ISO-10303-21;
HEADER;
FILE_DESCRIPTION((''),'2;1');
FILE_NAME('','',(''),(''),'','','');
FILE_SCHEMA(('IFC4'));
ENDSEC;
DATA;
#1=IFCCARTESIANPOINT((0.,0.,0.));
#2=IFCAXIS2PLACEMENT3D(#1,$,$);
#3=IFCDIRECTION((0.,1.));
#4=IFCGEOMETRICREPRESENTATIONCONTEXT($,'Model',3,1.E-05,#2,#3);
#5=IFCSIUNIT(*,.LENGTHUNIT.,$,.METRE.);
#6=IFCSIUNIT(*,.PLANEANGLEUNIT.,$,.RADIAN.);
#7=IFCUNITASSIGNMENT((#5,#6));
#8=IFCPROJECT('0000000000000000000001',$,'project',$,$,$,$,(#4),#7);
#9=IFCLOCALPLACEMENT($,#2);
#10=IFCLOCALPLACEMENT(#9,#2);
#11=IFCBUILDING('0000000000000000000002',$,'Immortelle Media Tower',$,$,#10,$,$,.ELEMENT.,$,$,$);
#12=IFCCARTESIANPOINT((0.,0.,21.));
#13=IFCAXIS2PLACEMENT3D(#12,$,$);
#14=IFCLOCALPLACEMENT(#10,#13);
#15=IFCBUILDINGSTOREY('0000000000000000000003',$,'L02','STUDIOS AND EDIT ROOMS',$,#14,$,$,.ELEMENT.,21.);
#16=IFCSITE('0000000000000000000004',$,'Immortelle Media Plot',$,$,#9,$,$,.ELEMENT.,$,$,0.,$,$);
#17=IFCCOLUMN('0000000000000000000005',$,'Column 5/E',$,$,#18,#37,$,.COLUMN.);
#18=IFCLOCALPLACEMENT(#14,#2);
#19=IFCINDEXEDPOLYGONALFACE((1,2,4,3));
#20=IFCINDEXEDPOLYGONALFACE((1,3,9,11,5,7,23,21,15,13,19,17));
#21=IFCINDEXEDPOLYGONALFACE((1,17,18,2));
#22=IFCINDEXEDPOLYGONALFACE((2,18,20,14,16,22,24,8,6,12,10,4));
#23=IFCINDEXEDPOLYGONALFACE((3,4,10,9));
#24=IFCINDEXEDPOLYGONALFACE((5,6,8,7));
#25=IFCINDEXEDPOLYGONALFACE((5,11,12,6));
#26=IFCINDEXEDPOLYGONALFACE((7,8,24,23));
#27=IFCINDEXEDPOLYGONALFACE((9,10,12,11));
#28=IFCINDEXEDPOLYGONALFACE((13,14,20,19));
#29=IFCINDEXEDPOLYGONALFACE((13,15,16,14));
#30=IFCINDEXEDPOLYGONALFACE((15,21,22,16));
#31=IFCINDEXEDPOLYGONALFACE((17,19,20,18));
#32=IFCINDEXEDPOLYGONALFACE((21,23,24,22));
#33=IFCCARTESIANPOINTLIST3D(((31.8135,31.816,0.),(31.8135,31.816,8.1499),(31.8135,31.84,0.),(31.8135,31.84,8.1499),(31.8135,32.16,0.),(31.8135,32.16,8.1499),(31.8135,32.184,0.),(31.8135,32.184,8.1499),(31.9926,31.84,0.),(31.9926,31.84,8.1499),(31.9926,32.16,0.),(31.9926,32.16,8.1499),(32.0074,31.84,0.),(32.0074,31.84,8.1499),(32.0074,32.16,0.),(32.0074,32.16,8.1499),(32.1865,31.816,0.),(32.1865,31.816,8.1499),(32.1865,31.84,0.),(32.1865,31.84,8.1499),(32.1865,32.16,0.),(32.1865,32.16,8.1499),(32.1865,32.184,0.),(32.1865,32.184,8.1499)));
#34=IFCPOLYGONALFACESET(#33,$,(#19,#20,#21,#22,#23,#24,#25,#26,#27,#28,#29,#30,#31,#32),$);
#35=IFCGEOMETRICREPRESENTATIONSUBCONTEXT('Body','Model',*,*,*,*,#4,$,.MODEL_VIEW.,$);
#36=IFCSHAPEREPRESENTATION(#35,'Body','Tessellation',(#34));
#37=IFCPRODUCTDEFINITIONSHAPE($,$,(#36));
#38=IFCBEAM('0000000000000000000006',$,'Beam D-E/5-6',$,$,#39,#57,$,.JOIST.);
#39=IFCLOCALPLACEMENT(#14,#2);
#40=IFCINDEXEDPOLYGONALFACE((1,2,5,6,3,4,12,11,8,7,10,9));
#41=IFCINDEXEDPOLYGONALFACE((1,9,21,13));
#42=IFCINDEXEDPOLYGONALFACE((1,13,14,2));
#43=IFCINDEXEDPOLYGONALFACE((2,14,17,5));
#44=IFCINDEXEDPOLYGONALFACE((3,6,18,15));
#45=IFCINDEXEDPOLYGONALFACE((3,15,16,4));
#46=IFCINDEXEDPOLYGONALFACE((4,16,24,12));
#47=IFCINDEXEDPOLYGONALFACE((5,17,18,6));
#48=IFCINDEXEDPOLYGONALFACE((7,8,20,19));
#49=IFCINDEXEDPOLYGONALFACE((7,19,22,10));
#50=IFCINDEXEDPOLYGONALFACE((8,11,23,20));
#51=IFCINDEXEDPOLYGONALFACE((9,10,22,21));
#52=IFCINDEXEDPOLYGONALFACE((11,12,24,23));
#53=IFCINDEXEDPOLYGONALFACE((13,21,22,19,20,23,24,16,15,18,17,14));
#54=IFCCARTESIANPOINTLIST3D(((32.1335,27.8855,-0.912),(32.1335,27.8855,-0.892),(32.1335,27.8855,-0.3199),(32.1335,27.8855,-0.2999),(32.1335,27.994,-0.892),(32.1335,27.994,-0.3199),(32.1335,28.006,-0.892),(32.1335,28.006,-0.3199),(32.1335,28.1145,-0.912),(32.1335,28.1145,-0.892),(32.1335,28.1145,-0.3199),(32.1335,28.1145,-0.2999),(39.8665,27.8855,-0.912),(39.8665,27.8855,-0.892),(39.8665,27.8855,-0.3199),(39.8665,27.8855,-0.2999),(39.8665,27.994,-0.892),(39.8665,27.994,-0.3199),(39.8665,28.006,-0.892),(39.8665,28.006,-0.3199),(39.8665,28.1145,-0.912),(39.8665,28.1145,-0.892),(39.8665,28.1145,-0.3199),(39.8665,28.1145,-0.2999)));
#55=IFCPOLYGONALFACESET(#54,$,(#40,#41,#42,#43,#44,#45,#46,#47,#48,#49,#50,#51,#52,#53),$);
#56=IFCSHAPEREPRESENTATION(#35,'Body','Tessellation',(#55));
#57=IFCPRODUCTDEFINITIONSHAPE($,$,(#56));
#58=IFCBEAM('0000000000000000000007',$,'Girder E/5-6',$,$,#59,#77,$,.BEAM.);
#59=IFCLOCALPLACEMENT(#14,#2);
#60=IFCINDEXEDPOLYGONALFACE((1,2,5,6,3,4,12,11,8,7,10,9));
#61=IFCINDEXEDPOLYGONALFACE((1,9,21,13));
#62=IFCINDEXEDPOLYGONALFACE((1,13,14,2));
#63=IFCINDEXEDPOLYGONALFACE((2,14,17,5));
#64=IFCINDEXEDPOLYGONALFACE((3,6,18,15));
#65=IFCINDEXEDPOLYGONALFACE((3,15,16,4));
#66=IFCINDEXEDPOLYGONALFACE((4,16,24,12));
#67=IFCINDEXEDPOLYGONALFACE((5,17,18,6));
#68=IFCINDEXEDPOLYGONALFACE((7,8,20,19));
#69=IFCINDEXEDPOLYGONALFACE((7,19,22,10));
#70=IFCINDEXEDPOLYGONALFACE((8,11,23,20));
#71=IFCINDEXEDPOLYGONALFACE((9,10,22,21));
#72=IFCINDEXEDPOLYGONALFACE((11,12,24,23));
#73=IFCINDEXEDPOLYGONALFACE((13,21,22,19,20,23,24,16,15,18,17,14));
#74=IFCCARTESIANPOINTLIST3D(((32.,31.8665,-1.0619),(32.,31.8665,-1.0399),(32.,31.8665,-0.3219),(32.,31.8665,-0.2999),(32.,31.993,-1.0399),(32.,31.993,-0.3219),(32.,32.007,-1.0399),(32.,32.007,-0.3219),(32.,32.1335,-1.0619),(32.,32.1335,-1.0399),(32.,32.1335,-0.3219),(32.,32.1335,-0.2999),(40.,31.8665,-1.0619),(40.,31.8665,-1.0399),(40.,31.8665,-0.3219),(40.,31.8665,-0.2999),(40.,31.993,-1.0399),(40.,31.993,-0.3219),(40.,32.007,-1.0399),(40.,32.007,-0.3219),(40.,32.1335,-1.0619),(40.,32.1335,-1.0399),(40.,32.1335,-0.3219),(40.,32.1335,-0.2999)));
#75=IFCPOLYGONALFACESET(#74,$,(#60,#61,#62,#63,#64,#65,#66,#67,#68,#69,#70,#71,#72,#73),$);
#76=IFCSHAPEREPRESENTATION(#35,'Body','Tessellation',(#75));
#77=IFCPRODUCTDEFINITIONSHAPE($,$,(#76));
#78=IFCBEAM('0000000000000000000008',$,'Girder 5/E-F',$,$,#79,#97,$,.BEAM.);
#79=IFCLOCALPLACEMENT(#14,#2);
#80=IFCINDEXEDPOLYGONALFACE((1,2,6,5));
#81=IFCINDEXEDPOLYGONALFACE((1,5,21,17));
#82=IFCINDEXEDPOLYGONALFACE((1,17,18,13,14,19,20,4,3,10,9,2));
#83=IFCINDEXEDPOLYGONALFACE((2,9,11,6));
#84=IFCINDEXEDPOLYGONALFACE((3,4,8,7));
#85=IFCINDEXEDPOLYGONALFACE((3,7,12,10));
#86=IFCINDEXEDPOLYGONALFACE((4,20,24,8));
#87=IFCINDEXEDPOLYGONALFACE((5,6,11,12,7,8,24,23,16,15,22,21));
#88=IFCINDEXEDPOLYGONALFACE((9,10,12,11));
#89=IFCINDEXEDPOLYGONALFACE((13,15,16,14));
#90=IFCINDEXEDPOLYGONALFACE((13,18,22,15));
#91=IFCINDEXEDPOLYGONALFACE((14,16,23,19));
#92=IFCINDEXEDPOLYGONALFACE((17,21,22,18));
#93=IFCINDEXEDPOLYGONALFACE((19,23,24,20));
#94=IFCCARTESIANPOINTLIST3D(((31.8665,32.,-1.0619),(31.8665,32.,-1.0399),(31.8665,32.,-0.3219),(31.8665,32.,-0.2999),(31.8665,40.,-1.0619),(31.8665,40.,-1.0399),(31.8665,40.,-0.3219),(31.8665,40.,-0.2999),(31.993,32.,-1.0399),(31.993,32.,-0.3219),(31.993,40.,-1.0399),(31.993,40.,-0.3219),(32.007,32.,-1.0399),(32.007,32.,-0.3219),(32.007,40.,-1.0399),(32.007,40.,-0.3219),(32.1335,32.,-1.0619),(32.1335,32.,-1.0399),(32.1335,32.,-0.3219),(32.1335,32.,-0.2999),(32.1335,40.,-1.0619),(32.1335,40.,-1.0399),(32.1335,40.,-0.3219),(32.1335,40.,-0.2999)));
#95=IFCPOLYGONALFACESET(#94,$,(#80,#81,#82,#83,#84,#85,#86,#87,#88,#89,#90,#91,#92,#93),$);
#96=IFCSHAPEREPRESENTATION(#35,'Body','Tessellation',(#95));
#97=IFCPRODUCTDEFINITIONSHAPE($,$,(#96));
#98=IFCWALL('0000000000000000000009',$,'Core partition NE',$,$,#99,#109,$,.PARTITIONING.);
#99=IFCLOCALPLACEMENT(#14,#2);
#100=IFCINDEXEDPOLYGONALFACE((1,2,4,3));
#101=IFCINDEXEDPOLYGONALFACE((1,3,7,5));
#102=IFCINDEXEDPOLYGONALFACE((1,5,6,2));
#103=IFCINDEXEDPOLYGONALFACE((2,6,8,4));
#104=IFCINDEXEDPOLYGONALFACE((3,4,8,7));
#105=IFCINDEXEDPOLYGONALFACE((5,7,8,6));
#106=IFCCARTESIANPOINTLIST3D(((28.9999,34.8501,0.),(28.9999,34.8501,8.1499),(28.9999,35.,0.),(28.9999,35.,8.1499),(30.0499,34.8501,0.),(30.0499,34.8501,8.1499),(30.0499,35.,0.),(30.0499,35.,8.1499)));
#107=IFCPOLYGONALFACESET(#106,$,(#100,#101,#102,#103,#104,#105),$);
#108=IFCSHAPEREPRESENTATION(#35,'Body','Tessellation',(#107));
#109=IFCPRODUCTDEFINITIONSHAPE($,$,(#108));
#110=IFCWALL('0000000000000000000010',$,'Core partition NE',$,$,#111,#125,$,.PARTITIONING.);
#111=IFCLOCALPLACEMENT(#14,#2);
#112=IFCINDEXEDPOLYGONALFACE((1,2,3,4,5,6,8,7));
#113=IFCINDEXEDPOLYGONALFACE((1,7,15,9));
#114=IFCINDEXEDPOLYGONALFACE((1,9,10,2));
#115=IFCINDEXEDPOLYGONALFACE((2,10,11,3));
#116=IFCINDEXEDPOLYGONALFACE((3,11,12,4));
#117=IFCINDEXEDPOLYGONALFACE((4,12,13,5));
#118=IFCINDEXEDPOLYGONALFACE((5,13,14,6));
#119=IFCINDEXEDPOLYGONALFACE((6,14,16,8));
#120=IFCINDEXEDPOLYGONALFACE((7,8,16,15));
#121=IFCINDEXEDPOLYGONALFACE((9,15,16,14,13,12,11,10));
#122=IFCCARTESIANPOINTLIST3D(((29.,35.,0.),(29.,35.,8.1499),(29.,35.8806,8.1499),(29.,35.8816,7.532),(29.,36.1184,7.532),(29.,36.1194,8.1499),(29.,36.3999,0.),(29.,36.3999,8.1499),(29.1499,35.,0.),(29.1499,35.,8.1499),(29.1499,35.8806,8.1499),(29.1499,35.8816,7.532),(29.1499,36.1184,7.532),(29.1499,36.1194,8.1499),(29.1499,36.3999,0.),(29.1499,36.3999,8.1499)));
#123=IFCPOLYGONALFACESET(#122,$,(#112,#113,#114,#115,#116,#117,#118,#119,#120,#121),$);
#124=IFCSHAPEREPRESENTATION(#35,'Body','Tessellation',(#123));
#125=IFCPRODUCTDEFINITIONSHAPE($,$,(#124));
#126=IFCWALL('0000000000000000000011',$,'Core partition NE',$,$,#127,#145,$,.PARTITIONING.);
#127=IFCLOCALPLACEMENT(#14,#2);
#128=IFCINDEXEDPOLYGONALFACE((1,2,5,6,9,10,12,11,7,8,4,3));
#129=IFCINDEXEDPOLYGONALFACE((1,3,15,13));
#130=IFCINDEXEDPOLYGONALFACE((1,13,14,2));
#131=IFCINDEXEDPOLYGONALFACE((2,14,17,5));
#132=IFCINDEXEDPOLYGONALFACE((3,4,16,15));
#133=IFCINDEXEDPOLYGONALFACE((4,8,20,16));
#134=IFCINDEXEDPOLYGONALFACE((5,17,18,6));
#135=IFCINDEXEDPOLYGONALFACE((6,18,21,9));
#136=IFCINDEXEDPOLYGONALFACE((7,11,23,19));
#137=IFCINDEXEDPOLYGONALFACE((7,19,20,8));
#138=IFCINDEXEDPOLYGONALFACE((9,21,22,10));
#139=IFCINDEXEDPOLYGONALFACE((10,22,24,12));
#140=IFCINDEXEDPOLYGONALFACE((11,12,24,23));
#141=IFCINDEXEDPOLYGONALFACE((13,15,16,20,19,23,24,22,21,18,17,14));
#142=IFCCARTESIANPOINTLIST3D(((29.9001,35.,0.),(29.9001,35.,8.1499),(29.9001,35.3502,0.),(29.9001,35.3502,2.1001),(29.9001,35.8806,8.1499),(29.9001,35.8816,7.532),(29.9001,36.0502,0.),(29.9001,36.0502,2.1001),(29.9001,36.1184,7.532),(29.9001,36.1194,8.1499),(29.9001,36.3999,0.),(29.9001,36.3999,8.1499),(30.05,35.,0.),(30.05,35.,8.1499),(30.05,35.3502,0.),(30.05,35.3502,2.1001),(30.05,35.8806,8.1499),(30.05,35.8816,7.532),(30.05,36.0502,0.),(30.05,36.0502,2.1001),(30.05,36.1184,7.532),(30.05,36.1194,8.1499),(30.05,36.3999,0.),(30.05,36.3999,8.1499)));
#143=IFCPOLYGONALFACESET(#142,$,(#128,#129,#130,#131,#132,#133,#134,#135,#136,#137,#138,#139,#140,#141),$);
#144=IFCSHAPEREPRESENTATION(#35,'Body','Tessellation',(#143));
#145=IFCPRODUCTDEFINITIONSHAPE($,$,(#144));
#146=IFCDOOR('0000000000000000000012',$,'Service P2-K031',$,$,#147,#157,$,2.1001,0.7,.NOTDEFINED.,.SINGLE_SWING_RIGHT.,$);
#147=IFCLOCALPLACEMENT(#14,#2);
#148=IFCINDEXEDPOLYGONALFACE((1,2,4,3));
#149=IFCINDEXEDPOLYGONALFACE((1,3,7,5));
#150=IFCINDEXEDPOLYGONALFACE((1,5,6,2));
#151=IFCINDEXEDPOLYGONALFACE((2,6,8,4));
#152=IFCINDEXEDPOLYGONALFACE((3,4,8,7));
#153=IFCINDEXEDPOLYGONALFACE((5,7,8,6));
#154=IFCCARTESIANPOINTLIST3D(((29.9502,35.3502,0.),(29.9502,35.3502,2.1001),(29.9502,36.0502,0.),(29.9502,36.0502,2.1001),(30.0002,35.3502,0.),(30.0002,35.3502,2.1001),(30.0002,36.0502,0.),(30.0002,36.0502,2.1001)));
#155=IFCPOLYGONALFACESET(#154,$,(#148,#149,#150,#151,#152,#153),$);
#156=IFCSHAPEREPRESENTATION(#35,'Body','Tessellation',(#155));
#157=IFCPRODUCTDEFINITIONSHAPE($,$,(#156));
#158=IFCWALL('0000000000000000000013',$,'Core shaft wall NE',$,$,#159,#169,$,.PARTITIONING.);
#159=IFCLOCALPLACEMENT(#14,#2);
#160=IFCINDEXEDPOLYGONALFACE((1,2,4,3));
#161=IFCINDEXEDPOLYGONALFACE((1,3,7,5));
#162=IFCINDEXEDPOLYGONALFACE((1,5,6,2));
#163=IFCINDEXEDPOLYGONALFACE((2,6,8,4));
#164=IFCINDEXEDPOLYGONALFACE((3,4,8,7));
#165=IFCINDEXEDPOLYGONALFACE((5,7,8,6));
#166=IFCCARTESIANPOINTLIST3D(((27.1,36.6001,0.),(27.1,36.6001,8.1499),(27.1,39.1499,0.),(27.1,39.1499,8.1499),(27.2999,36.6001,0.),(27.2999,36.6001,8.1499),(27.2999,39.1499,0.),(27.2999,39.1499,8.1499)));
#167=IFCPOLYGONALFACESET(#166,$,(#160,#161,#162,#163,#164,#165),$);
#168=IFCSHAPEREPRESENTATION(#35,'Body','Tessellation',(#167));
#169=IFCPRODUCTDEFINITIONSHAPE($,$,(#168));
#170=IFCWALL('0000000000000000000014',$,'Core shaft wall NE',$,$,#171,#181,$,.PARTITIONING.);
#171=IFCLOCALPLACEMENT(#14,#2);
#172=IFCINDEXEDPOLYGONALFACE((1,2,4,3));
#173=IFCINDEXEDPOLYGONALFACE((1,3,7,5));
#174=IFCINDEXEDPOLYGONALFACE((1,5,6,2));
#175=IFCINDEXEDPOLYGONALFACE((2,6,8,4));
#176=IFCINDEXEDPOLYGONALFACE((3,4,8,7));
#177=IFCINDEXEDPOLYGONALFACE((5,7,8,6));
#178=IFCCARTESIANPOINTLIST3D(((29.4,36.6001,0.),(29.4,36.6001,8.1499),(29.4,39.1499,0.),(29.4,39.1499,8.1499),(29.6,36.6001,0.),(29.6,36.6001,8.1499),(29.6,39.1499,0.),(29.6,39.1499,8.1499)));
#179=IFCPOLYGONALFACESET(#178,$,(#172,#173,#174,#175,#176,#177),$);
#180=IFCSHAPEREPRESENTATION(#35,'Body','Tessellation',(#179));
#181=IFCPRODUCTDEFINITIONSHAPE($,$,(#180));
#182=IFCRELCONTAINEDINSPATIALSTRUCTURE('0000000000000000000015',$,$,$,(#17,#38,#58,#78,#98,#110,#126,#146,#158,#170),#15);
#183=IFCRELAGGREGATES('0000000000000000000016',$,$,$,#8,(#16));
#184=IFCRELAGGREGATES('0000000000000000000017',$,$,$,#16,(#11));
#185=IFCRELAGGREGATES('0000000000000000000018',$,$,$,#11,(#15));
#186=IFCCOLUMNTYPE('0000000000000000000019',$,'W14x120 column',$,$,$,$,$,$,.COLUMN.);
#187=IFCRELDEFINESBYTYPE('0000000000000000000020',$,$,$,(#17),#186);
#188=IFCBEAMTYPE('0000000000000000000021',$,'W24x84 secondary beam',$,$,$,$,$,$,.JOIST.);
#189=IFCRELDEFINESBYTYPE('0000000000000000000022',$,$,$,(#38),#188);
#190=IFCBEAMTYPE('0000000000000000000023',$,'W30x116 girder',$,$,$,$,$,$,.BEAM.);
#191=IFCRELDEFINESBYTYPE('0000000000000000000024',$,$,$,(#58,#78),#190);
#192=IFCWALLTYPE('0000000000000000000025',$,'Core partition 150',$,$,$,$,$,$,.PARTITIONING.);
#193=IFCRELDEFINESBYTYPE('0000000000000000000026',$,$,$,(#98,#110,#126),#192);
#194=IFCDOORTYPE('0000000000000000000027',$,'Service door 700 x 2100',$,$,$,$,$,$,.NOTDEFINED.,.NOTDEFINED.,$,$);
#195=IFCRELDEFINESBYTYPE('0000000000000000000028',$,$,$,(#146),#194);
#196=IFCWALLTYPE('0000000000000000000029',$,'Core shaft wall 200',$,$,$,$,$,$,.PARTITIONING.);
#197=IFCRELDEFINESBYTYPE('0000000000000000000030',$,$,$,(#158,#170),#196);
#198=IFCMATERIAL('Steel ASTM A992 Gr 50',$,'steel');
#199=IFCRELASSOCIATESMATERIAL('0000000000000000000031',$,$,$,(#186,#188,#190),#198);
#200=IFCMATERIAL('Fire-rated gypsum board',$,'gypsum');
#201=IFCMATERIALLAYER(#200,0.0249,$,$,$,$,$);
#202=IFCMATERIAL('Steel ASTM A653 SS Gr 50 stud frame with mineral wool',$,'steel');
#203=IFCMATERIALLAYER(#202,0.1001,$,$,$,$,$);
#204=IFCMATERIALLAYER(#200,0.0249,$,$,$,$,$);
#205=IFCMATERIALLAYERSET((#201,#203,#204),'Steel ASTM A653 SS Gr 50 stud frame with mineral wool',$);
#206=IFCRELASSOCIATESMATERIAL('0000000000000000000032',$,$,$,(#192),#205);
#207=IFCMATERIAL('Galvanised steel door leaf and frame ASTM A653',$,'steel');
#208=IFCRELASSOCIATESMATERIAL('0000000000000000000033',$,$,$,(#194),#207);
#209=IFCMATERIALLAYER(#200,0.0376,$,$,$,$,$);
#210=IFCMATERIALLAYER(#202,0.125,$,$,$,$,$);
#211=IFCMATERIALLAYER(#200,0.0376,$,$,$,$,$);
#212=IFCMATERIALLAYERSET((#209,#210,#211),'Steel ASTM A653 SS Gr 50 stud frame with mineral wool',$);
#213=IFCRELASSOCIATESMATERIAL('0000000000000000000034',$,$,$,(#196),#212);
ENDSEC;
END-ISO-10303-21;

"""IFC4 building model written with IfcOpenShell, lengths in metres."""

from ifc_helpers import new_model, si_unit, direction, frame, frame_2d, origin, origin_2d, place, context, subcontext, project, spatial, polyline, rectangle, i_section, outline, extrude, material, layer, layer_set, material_profile, profile_set, type_object, element, fill, save


model = new_model("IFC4")

# Units and contexts
model_context = context("Model", 3, precision=1e-05, world=origin(), true_north=direction((0.0, 1.0)))
body_context = subcontext(model_context, "Body", "Model", "MODEL_VIEW")
ifc_project = project(units=[si_unit("LENGTHUNIT", "METRE"), si_unit("PLANEANGLEUNIT", "RADIAN")], contexts=[model_context])

# Site, building, storey
site_placement = place(None, origin())
site = spatial("IfcSite", under=ifc_project, at=site_placement, Name="Immortelle Media Plot", CompositionType="ELEMENT", RefElevation=0.0)
building_placement = place(site_placement, origin())
building = spatial("IfcBuilding", under=site, at=building_placement, Name="Immortelle Media Tower", CompositionType="ELEMENT")
storey_placement = place(building_placement, frame((0.0, 0.0, 21.0)))
storey = spatial("IfcBuildingStorey", under=building, at=storey_placement, Name="L02", Description="STUDIOS AND EDIT ROOMS", CompositionType="ELEMENT", Elevation=21.0)

# Column
ifc_material_1 = material(Name="Steel ASTM A992 Gr 50", Category="steel")
ifc_material_profile_1 = material_profile(ifc_material_1, i_section(OverallWidth=0.373, OverallDepth=0.3679, WebThickness=0.0149, FlangeThickness=0.0239, at=origin_2d()), Name="W14x120")
ifc_profile_set_1 = profile_set([ifc_material_profile_1], Name="Steel ASTM A992 Gr 50")
column_type = type_object("IfcColumnType", Name="W14x120 column", PredefinedType="COLUMN", material=ifc_profile_set_1)
column_placement = place(storey_placement, frame((32.0, 32.0, 0.0), z_axis=(0.0, 0.0, 1.0), x_axis=(1.0, 0.0, 0.0)))
element("IfcColumn", 1, at=column_placement, inside=storey, type_object=column_type, Name="Column 5/E", PredefinedType="COLUMN", context=body_context, shape_type="SweptSolid", body=[
    extrude(i_section(OverallWidth=0.373, OverallDepth=0.3679, WebThickness=0.0149, FlangeThickness=0.0239, at=origin_2d()), origin(), (0.0, 0.0, 1.0), 8.1499),
])

# Beams
ifc_material_profile_2 = material_profile(ifc_material_1, i_section(OverallWidth=0.229, OverallDepth=0.6121, WebThickness=0.012, FlangeThickness=0.02, at=origin_2d()), Name="W24x84")
ifc_profile_set_2 = profile_set([ifc_material_profile_2], Name="Steel ASTM A992 Gr 50")
beam_type_1 = type_object("IfcBeamType", Name="W24x84 secondary beam", PredefinedType="JOIST", material=ifc_profile_set_2)
beam_placement = place(storey_placement, frame((32.1335, 28.0, -0.606), z_axis=(1.0, 0.0, 0.0), x_axis=(0.0, 1.0, 0.0)))
element("IfcBeam", 2, at=beam_placement, inside=storey, type_object=beam_type_1, Name="Beam D-E/5-6", PredefinedType="JOIST", context=body_context, shape_type="SweptSolid", body=[
    extrude(i_section(OverallWidth=0.229, OverallDepth=0.6121, WebThickness=0.012, FlangeThickness=0.02, at=origin_2d()), origin(), (0.0, 0.0, 1.0), 7.7329),
])
ifc_material_profile_3 = material_profile(ifc_material_1, i_section(OverallWidth=0.2671, OverallDepth=0.762, WebThickness=0.0139, FlangeThickness=0.022, at=origin_2d()), Name="W30x116")
ifc_profile_set_3 = profile_set([ifc_material_profile_3], Name="Steel ASTM A992 Gr 50")
beam_type_2 = type_object("IfcBeamType", Name="W30x116 girder", PredefinedType="BEAM", material=ifc_profile_set_3)
for number, where, z_axis, x_axis, name in (
    (3, (32.0, 32.0, -0.6809), (1.0, 0.0, 0.0), (0.0, 1.0, 0.0), "Girder E/5-6"),
    (4, (32.0, 32.0, -0.6809), (0.0, 1.0, 0.0), (-1.0, 0.0, 0.0), "Girder 5/E-F"),
):
    element("IfcBeam", number, at=place(storey_placement, frame(where, z_axis=z_axis, x_axis=x_axis)), inside=storey, type_object=beam_type_2, Name=name, PredefinedType="BEAM", context=body_context, shape_type="SweptSolid", body=[
        extrude(i_section(OverallWidth=0.2671, OverallDepth=0.762, WebThickness=0.0139, FlangeThickness=0.022, at=origin_2d()), origin(), (0.0, 0.0, 1.0), 8.0),
    ])

# Walls
ifc_material_2 = material(Name="Fire-rated gypsum board", Category="gypsum")
ifc_layer_1 = layer(ifc_material_2, 0.0249)
ifc_material_3 = material(Name="Steel ASTM A653 SS Gr 50 stud frame with mineral wool", Category="steel")
ifc_layer_2 = layer(ifc_material_3, 0.1001)
ifc_layer_3 = layer(ifc_material_2, 0.0249)
ifc_layer_set_1 = layer_set([ifc_layer_1, ifc_layer_2, ifc_layer_3], Name="Steel ASTM A653 SS Gr 50 stud frame with mineral wool")
wall_type_1 = type_object("IfcWallType", Name="Core partition 150", PredefinedType="PARTITIONING", material=ifc_layer_set_1)
wall_1_placement = place(storey_placement, frame((29.0, 34.925, 0.0), z_axis=(0.0, 0.0, 1.0), x_axis=(1.0, 0.0, 0.0)))
element("IfcWall", 5, at=wall_1_placement, inside=storey, type_object=wall_type_1, Name="Core partition NE", PredefinedType="PARTITIONING", context=body_context, shape_type="SweptSolid", body=[
    extrude(rectangle(XDim=1.05, YDim=0.1499, at=frame_2d((0.5249, 0.0))), origin(), (0.0, 0.0, 1.0), 8.1499),
])
wall_2_placement = place(storey_placement, frame((29.075, 35.0, 0.0), z_axis=(0.0, 0.0, 1.0), x_axis=(0.0, 1.0, 0.0)))
element("IfcWall", 6, at=wall_2_placement, inside=storey, type_object=wall_type_1, Name="Core partition NE", PredefinedType="PARTITIONING", context=body_context, shape_type="SweptSolid", body=[
    extrude(outline(polyline([(0.0, 0.0), (1.3999, 0.0), (1.3999, 8.1499), (1.1194, 8.1499), (1.1184, 7.532), (0.8816, 7.532), (0.8806, 8.1499), (0.0, 8.1499), (0.0, 0.0)])), frame((0.0, 0.075, 0.0), z_axis=(0.0, -1.0, 0.0), x_axis=(1.0, 0.0, 0.0)), (0.0, 0.0, 1.0), 0.1499),
])

# Wall, opening, door
wall_3_placement = place(storey_placement, frame((29.9751, 35.0, 0.0), z_axis=(0.0, 0.0, 1.0), x_axis=(0.0, 1.0, 0.0)))
wall_3 = element("IfcWall", 7, at=wall_3_placement, inside=storey, type_object=wall_type_1, Name="Core partition NE", PredefinedType="PARTITIONING", context=body_context, shape_type="SweptSolid", body=[
    extrude(outline(polyline([(0.0, 0.0), (1.3999, 0.0), (1.3999, 8.1499), (1.1194, 8.1499), (1.1184, 7.532), (0.8816, 7.532), (0.8806, 8.1499), (0.0, 8.1499), (0.0, 0.0)])), frame((0.0, 0.075, 0.0), z_axis=(0.0, -1.0, 0.0), x_axis=(1.0, 0.0, 0.0)), (0.0, 0.0, 1.0), 0.1499),
])
opening_placement = place(wall_3_placement, frame((0.3501, 0.0, 0.0)))
opening = element("IfcOpeningElement", 8, at=opening_placement, cuts=wall_3, PredefinedType="OPENING", context=body_context, shape_type="SweptSolid", body=[
    extrude(rectangle(XDim=0.7, YDim=2.1001, at=frame_2d((0.3501, 1.05))), frame((0.0, 0.085, 0.0), z_axis=(0.0, -1.0, 0.0), x_axis=(1.0, 0.0, 0.0)), (0.0, 0.0, 1.0), 0.1699),
])
ifc_material_4 = material(Name="Galvanised steel door leaf and frame ASTM A653", Category="steel")
door_type = type_object("IfcDoorType", Name="Service door 700 x 2100", OperationType="NOTDEFINED", PredefinedType="NOTDEFINED", material=ifc_material_4)
door_placement = place(opening_placement, origin())
door = element("IfcDoor", 9, at=door_placement, inside=storey, type_object=door_type, Name="Service P2-K031", OperationType="SINGLE_SWING_RIGHT", OverallHeight=2.1001, OverallWidth=0.7, PredefinedType="NOTDEFINED", context=body_context, shape_type="SweptSolid", body=[
    extrude(rectangle(XDim=0.7, YDim=2.1001, at=frame_2d((0.3501, 1.05))), frame((0.0, 0.0249, 0.0), z_axis=(0.0, -1.0, 0.0), x_axis=(1.0, 0.0, 0.0)), (0.0, 0.0, 1.0), 0.05),
])
fill(opening, door)

# Walls
ifc_layer_4 = layer(ifc_material_2, 0.0376)
ifc_layer_5 = layer(ifc_material_3, 0.125)
ifc_layer_6 = layer(ifc_material_2, 0.0376)
ifc_layer_set_2 = layer_set([ifc_layer_4, ifc_layer_5, ifc_layer_6], Name="Steel ASTM A653 SS Gr 50 stud frame with mineral wool")
wall_type_2 = type_object("IfcWallType", Name="Core shaft wall 200", PredefinedType="PARTITIONING", material=ifc_layer_set_2)
for number, where, z_axis, x_axis, name in (
    (10, (27.2, 36.6001, 0.0), (0.0, 0.0, 1.0), (0.0, 1.0, 0.0), "Core shaft wall NE"),
    (11, (29.5, 36.6001, 0.0), (0.0, 0.0, 1.0), (0.0, 1.0, 0.0), "Core shaft wall NE"),
):
    element("IfcWall", number, at=place(storey_placement, frame(where, z_axis=z_axis, x_axis=x_axis)), inside=storey, type_object=wall_type_2, Name=name, PredefinedType="PARTITIONING", context=body_context, shape_type="SweptSolid", body=[
        extrude(rectangle(XDim=2.5498, YDim=0.2, at=frame_2d((1.2749, 0.0))), origin(), (0.0, 0.0, 1.0), 8.1499),
    ])

save(model, "model.ifc")
